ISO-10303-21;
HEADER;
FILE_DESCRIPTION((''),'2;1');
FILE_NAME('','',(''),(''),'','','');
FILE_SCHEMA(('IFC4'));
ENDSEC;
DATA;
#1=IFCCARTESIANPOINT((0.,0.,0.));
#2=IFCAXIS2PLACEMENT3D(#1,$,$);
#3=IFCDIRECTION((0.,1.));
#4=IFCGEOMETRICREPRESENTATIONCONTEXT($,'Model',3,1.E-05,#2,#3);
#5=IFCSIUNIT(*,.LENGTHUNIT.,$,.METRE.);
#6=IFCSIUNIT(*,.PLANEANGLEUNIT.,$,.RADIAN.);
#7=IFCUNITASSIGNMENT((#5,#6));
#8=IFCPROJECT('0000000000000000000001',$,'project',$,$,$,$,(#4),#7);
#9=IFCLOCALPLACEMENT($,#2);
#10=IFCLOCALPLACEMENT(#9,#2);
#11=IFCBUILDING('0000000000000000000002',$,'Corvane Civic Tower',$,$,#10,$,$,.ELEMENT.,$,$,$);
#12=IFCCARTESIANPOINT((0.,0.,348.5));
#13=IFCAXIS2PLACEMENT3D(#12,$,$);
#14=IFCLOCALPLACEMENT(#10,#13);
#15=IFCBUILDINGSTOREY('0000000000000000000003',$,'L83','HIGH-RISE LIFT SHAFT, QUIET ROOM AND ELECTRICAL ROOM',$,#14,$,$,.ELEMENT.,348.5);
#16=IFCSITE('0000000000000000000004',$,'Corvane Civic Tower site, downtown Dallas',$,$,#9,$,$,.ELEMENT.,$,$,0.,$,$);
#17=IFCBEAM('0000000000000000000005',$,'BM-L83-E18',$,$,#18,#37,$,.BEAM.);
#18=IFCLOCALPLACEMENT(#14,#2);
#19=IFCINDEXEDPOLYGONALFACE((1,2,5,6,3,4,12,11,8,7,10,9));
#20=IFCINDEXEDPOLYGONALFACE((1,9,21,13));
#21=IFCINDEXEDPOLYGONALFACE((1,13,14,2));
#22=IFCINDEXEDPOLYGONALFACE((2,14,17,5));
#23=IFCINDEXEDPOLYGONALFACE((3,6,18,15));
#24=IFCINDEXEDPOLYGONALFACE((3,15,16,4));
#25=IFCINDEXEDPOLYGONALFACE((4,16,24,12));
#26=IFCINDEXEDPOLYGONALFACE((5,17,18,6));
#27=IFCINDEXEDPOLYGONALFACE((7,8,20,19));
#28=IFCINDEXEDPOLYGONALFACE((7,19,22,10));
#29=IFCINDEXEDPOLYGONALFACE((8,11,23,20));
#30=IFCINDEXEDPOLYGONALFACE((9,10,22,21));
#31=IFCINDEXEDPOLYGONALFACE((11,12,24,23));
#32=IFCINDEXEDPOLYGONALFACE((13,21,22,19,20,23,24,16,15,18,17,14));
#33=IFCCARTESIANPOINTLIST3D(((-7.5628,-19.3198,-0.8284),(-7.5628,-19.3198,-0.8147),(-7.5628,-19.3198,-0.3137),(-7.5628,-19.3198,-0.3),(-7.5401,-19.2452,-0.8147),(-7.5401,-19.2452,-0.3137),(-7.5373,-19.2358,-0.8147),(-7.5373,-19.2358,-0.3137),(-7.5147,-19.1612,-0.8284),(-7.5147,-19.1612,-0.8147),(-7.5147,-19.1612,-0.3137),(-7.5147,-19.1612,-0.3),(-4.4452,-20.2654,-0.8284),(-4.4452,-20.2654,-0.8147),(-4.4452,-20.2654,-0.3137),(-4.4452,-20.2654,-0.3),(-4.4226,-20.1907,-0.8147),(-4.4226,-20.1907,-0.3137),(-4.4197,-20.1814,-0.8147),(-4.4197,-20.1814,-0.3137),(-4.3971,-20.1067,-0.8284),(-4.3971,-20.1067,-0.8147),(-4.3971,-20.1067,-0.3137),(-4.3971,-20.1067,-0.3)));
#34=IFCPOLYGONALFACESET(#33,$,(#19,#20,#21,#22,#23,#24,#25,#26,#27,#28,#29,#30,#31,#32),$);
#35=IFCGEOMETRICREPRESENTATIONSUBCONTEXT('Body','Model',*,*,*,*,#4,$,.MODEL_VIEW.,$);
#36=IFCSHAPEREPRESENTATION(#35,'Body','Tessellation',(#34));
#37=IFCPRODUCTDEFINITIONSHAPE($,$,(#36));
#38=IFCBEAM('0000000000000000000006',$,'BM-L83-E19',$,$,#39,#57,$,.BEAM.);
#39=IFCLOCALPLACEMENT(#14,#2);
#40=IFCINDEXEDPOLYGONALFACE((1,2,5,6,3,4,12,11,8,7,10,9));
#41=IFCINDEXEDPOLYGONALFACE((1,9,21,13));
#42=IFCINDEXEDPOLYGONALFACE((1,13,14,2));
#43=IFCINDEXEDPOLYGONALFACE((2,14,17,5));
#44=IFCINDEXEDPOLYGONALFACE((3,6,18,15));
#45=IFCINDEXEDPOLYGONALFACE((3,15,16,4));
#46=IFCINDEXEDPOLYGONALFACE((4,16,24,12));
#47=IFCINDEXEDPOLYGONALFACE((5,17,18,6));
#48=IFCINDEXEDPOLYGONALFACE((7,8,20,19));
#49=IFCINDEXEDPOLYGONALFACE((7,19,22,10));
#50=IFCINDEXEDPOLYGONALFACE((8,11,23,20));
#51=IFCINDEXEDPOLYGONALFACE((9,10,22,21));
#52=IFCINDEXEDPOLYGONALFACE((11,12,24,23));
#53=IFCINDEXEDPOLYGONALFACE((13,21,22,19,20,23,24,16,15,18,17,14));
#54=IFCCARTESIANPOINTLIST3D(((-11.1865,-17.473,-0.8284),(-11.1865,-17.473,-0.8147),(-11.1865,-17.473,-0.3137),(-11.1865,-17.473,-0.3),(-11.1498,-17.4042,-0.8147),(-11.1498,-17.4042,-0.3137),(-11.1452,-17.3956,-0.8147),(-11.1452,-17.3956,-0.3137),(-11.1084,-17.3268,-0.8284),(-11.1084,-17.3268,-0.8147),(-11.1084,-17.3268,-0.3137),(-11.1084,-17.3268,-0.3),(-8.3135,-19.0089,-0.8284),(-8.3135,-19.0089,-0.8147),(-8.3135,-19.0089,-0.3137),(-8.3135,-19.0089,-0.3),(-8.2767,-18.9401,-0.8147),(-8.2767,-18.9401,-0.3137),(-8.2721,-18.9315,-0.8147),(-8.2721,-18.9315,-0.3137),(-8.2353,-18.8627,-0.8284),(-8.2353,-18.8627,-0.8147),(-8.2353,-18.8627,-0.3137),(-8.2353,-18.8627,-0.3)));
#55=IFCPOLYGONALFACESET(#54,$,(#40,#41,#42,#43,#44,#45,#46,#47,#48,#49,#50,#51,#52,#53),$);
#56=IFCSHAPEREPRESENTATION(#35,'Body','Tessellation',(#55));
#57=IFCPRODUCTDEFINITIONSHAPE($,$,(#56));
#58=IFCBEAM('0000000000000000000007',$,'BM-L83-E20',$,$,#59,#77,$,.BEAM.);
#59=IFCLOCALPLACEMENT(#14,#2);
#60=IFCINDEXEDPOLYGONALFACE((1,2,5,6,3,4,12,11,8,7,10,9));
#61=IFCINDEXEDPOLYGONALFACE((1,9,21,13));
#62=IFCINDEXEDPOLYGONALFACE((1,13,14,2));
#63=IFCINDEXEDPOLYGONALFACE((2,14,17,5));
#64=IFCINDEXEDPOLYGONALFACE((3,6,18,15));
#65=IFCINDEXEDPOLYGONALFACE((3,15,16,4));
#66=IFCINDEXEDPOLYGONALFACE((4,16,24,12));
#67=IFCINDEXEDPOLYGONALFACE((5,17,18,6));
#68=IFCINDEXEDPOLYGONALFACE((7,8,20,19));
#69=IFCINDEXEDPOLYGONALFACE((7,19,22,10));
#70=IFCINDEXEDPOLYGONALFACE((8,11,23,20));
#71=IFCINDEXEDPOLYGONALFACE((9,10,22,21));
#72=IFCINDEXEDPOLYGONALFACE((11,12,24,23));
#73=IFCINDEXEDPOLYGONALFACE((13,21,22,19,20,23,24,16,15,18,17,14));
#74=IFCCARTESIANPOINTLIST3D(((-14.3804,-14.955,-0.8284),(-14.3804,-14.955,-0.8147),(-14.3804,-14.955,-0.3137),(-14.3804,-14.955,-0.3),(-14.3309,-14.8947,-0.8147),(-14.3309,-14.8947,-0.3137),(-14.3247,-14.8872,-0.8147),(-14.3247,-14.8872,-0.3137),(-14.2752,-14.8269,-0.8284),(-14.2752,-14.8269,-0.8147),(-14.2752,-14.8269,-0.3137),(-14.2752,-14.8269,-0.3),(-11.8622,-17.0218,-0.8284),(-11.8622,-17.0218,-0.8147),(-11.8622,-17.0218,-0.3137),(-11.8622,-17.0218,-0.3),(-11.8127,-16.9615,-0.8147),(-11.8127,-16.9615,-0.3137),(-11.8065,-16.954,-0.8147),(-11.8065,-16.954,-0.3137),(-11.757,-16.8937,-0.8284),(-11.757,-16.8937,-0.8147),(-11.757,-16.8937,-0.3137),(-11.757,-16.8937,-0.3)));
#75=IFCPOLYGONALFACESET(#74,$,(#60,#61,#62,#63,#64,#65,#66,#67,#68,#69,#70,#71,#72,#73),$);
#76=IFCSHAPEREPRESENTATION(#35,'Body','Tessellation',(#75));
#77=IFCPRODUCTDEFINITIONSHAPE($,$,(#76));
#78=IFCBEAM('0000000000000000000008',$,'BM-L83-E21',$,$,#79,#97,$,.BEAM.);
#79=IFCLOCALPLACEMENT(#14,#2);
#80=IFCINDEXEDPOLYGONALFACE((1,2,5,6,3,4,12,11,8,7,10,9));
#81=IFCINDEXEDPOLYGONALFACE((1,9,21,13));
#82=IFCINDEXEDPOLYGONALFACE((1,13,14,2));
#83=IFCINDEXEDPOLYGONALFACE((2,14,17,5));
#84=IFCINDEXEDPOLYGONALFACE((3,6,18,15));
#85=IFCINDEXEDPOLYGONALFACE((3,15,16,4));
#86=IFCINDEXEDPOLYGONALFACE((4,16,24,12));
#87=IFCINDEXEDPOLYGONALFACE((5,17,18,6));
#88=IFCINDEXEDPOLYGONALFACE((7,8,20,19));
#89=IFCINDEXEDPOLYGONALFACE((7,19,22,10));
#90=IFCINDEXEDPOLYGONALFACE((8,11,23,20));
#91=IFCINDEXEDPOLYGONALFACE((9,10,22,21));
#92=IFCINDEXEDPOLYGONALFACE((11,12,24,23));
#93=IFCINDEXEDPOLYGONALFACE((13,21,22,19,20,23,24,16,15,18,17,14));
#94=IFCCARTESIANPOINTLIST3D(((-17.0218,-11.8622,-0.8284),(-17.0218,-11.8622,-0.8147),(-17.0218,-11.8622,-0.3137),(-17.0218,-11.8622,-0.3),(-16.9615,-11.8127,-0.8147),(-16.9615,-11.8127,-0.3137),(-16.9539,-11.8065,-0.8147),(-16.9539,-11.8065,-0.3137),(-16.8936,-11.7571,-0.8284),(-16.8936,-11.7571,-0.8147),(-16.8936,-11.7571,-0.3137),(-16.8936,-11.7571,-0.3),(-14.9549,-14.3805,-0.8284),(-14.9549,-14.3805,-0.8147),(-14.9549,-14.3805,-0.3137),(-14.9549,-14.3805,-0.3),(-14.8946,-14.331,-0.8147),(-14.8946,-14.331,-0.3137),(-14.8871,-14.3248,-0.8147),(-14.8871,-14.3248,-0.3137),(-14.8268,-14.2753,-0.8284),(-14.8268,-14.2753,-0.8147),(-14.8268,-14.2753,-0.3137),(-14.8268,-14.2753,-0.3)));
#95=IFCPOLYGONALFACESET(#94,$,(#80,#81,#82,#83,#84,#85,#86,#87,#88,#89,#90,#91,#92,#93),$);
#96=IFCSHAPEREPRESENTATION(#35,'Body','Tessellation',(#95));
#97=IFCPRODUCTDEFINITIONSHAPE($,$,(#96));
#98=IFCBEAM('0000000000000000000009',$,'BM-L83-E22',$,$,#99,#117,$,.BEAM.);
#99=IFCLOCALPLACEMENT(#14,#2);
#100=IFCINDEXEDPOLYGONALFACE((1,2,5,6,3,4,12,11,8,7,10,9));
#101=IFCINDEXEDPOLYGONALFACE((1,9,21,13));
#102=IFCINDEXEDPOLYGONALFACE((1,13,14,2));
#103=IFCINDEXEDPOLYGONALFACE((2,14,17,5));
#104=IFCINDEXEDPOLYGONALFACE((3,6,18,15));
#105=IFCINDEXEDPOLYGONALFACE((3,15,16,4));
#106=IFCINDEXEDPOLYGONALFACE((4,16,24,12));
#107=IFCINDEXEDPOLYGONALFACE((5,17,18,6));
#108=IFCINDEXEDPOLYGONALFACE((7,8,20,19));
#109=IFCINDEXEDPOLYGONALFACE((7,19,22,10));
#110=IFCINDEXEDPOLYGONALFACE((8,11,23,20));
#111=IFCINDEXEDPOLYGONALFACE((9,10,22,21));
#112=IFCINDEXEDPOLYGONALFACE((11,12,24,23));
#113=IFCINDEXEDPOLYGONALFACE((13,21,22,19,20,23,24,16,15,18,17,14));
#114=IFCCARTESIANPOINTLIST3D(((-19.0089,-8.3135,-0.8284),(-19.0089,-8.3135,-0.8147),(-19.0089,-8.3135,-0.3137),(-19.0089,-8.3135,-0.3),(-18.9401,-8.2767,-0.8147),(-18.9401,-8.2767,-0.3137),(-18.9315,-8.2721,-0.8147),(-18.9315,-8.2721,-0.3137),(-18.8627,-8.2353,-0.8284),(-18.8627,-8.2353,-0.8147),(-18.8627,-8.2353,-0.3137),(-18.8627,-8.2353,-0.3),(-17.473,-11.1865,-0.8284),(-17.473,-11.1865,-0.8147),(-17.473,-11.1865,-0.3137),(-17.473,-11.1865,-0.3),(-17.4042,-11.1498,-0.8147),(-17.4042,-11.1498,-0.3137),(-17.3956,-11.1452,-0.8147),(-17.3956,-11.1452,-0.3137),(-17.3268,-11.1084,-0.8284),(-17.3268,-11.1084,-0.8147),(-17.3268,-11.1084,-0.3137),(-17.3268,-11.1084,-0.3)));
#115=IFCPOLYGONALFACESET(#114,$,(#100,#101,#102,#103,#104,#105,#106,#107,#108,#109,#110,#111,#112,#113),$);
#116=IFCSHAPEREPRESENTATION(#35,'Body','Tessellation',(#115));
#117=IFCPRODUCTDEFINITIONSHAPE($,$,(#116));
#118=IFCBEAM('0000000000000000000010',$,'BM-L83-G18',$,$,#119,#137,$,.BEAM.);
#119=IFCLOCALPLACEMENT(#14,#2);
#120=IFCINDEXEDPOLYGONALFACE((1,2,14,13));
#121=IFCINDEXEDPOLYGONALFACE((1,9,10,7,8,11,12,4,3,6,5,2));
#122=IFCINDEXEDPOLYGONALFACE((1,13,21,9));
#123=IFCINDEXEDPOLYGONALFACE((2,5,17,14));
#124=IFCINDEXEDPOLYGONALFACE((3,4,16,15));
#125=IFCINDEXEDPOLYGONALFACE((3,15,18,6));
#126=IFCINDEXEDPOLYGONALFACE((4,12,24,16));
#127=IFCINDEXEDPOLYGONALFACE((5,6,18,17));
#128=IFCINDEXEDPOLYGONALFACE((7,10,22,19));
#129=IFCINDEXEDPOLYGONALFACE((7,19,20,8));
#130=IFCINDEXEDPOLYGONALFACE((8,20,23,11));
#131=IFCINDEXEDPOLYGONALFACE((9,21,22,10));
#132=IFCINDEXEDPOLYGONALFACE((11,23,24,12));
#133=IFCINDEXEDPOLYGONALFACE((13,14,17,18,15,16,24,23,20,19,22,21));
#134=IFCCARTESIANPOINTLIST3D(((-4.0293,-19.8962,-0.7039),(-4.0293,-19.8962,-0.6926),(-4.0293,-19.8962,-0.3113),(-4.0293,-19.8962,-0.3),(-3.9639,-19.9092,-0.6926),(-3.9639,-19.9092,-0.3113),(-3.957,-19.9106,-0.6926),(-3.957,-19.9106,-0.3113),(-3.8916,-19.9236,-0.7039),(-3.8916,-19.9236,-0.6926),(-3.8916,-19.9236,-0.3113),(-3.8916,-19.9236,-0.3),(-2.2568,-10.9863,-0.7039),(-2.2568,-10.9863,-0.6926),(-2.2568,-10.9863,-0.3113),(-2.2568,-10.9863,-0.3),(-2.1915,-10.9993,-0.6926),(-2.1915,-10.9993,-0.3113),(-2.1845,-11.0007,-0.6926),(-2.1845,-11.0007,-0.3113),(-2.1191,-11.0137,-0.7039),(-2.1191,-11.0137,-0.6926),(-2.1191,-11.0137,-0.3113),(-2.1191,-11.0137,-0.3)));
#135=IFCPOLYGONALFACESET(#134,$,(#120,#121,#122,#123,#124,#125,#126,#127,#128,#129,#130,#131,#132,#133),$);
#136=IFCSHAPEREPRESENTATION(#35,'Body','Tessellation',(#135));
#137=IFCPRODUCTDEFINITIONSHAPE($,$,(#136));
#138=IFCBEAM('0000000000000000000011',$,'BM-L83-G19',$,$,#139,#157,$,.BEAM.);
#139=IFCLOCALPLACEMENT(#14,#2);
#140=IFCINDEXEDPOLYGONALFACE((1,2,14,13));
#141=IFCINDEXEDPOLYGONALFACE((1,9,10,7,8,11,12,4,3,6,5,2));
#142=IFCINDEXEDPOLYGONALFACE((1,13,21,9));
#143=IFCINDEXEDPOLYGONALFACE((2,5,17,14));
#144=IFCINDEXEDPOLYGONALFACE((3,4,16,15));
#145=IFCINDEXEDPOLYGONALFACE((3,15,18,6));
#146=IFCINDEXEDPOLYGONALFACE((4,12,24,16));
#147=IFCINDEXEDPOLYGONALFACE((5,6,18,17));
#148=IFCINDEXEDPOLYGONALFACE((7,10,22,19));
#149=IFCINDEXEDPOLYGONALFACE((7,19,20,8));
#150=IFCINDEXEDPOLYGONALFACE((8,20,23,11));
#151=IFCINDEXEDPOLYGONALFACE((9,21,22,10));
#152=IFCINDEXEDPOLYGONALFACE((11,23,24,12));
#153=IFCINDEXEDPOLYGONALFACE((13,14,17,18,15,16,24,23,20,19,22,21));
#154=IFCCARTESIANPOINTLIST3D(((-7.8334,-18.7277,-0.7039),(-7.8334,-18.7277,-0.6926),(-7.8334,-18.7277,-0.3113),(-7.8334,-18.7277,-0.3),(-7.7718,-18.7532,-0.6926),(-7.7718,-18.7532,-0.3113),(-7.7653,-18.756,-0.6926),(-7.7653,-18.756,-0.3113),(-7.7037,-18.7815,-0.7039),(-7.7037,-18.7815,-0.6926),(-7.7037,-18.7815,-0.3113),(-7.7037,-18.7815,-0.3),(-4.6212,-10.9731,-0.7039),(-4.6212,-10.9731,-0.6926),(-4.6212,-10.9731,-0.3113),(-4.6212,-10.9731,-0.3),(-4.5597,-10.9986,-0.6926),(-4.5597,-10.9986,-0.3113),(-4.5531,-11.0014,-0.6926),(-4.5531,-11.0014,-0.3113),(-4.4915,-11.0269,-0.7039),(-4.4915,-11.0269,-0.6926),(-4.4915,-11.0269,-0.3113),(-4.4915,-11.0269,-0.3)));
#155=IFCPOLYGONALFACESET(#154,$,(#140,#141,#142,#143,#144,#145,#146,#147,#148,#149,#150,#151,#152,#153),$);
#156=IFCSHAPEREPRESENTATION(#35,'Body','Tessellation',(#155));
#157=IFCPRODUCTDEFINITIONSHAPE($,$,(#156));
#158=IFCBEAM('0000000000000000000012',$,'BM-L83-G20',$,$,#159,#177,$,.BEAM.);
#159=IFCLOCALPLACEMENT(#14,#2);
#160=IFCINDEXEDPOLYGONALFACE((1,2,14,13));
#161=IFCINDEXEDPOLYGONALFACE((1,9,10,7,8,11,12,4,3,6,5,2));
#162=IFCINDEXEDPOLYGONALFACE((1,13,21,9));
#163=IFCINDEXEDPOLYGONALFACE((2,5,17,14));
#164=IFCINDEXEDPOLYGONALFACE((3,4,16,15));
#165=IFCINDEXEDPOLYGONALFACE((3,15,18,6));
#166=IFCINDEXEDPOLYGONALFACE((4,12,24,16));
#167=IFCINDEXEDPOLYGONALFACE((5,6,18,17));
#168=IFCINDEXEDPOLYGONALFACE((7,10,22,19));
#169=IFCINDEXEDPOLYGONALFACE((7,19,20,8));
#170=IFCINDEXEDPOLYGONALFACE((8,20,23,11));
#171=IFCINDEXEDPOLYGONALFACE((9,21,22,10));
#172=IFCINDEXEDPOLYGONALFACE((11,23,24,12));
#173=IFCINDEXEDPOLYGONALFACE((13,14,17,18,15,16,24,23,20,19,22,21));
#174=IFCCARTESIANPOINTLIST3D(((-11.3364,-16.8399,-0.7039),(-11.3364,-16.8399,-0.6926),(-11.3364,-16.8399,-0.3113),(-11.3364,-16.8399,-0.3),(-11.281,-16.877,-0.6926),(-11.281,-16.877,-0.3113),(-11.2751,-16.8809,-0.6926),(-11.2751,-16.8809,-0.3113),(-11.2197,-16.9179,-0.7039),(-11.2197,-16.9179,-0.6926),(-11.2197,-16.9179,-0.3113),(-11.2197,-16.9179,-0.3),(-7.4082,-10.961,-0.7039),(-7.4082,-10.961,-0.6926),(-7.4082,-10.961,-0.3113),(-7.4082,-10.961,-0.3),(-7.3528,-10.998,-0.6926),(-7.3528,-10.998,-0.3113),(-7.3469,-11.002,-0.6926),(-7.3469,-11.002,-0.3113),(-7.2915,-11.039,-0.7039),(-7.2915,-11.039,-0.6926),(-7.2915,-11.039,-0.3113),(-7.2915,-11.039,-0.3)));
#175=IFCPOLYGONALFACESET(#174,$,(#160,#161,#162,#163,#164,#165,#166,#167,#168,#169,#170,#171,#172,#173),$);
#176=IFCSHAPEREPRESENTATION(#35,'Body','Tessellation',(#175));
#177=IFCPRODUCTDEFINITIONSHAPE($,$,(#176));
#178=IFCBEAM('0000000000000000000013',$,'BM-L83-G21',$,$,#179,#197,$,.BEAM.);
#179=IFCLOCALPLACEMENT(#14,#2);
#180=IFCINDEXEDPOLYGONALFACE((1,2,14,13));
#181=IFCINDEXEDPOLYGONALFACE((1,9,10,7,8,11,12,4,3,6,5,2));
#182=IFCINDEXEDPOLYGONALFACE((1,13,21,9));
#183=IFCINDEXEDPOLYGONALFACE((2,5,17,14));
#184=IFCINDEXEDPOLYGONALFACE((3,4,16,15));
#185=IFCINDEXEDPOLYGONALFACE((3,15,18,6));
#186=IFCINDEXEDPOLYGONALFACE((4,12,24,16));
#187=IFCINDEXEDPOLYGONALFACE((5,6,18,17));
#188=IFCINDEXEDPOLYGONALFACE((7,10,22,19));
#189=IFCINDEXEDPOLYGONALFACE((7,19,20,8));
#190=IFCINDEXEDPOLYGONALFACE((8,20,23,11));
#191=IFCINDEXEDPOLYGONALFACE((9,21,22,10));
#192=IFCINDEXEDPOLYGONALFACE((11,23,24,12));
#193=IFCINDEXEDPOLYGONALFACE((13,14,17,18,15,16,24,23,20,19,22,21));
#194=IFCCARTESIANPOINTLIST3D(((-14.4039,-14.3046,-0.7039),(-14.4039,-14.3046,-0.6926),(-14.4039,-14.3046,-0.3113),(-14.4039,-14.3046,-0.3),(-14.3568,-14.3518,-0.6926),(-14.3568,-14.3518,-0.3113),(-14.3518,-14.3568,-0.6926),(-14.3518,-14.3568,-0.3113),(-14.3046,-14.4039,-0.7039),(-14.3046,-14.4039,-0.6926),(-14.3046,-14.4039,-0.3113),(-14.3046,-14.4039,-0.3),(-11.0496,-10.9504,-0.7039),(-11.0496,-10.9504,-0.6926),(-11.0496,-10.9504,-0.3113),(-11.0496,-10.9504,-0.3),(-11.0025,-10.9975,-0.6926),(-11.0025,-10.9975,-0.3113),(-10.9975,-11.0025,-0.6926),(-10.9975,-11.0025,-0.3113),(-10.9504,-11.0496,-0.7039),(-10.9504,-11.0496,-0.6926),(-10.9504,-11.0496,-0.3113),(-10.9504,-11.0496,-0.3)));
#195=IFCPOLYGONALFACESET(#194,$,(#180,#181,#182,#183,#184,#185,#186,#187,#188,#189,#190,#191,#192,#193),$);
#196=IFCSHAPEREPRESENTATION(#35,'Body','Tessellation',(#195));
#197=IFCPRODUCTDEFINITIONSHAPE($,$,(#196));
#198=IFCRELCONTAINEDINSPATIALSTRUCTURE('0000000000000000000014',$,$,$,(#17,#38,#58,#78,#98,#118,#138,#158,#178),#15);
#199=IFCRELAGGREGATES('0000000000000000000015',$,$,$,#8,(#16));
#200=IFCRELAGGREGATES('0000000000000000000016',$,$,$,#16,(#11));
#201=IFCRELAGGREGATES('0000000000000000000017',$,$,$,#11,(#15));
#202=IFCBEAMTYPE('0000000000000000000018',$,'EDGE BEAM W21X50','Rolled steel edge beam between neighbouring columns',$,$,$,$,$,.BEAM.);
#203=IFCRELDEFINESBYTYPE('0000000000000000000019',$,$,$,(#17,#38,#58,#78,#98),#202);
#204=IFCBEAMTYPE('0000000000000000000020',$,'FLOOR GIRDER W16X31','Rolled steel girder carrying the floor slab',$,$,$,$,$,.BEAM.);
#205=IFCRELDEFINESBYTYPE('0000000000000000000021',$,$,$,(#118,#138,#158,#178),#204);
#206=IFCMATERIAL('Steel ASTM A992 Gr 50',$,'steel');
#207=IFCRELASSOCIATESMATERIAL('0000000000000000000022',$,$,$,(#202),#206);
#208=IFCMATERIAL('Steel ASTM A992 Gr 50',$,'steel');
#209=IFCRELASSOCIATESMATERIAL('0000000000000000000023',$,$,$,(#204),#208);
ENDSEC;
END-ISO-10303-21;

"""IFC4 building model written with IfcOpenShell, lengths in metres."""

from ifc_helpers import new_model, si_unit, direction, frame, origin, origin_2d, place, context, subcontext, project, spatial, i_section, extrude, material, material_profile, profile_set, type_object, element, save


model = new_model("IFC4")

# Units and contexts
model_context = context("Model", 3, precision=1e-05, world=origin(), true_north=direction((0.0, 1.0)))
body_context = subcontext(model_context, "Body", "Model", "MODEL_VIEW")
ifc_project = project(units=[si_unit("LENGTHUNIT", "METRE"), si_unit("PLANEANGLEUNIT", "RADIAN")], contexts=[model_context])

# Site, building, storey
site_placement = place(None, origin())
site = spatial("IfcSite", under=ifc_project, at=site_placement, Name="Corvane Civic Tower site, downtown Dallas", CompositionType="ELEMENT", RefElevation=0.0)
building_placement = place(site_placement, origin())
building = spatial("IfcBuilding", under=site, at=building_placement, Name="Corvane Civic Tower", CompositionType="ELEMENT")
storey_placement = place(building_placement, frame((0.0, 0.0, 348.5)))
storey = spatial("IfcBuildingStorey", under=building, at=storey_placement, Name="L83", Description="HIGH-RISE LIFT SHAFT, QUIET ROOM AND ELECTRICAL ROOM", CompositionType="ELEMENT", Elevation=348.5)

# Beams
ifc_material_1 = material(Name="Steel ASTM A992 Gr 50", Category="steel")
ifc_material_profile_1 = material_profile(ifc_material_1, i_section(OverallWidth=0.1658, OverallDepth=0.5283, WebThickness=0.0098, FlangeThickness=0.0137, at=origin_2d()), Name="W21X50")
ifc_profile_set_1 = profile_set([ifc_material_profile_1], Name="Steel ASTM A992 Gr 50")
beam_type_1 = type_object("IfcBeamType", Name="EDGE BEAM W21X50", Description="Rolled steel edge beam between neighbouring columns", PredefinedType="BEAM", material=ifc_profile_set_1)
for number, where, z_axis, x_axis, name in (
    (1, (-4.4211, -20.186, -0.5642), (-0.956956, 0.290234, 0.0), (-0.290234, -0.956956, 0.0), "BM-L83-E18"),
    (2, (-8.2744, -18.9358, -0.5642), (-0.881894, 0.471448, 0.0), (-0.471448, -0.881894, 0.0), "BM-L83-E19"),
    (3, (-11.8096, -16.9578, -0.5642), (-0.772985, 0.634425, 0.0), (-0.634425, -0.772985, 0.0), "BM-L83-E20"),
    (4, (-14.8909, -14.3279, -0.5642), (-0.634425, 0.772985, 0.0), (-0.772985, -0.634425, 0.0), "BM-L83-E21"),
    (5, (-17.3999, -11.1475, -0.5642), (-0.471448, 0.881894, 0.0), (-0.881894, -0.471448, 0.0), "BM-L83-E22"),
):
    element("IfcBeam", number, at=place(storey_placement, frame(where, z_axis=z_axis, x_axis=x_axis)), inside=storey, type_object=beam_type_1, Name=name, PredefinedType="BEAM", context=body_context, shape_type="SweptSolid", body=[
        extrude(i_section(OverallWidth=0.1658, OverallDepth=0.5283, WebThickness=0.0098, FlangeThickness=0.0137, at=origin_2d()), origin(), (0.0, 0.0, 1.0), 3.2578),
    ])
ifc_material_2 = material(Name="Steel ASTM A992 Gr 50", Category="steel")
ifc_material_profile_2 = material_profile(ifc_material_2, i_section(OverallWidth=0.1404, OverallDepth=0.4038, WebThickness=0.0071, FlangeThickness=0.0112, at=origin_2d()), Name="W16X31")
ifc_profile_set_2 = profile_set([ifc_material_profile_2], Name="Steel ASTM A992 Gr 50")
beam_type_2 = type_object("IfcBeamType", Name="FLOOR GIRDER W16X31", Description="Rolled steel girder carrying the floor slab", PredefinedType="BEAM", material=ifc_profile_set_2)
beam_1_placement = place(storey_placement, frame((-2.188, -11.0, -0.502), z_axis=(-0.195108, -0.980782, 0.0), x_axis=(0.980782, -0.195108, 0.0)))
element("IfcBeam", 6, at=beam_1_placement, inside=storey, type_object=beam_type_2, Name="BM-L83-G18", PredefinedType="BEAM", context=body_context, shape_type="SweptSolid", body=[
    extrude(i_section(OverallWidth=0.1404, OverallDepth=0.4038, WebThickness=0.0071, FlangeThickness=0.0112, at=origin_2d()), origin(), (0.0, 0.0, 1.0), 9.0845),
])
beam_2_placement = place(storey_placement, frame((-4.5564, -11.0, -0.502), z_axis=(-0.382692, -0.923876, 0.0), x_axis=(0.923876, -0.382692, 0.0)))
element("IfcBeam", 7, at=beam_2_placement, inside=storey, type_object=beam_type_2, Name="BM-L83-G19", PredefinedType="BEAM", context=body_context, shape_type="SweptSolid", body=[
    extrude(i_section(OverallWidth=0.1404, OverallDepth=0.4038, WebThickness=0.0071, FlangeThickness=0.0112, at=origin_2d()), origin(), (0.0, 0.0, 1.0), 8.3936),
])
beam_3_placement = place(storey_placement, frame((-7.3499, -11.0, -0.502), z_axis=(-0.555576, -0.831465, 0.0), x_axis=(0.831465, -0.555576, 0.0)))
element("IfcBeam", 8, at=beam_3_placement, inside=storey, type_object=beam_type_2, Name="BM-L83-G20", PredefinedType="BEAM", context=body_context, shape_type="SweptSolid", body=[
    extrude(i_section(OverallWidth=0.1404, OverallDepth=0.4038, WebThickness=0.0071, FlangeThickness=0.0112, at=origin_2d()), origin(), (0.0, 0.0, 1.0), 7.0706),
])
beam_4_placement = place(storey_placement, frame((-11.0, -11.0, -0.502), z_axis=(-0.707107, -0.707107, 0.0), x_axis=(0.707107, -0.707107, 0.0)))
element("IfcBeam", 9, at=beam_4_placement, inside=storey, type_object=beam_type_2, Name="BM-L83-G21", PredefinedType="BEAM", context=body_context, shape_type="SweptSolid", body=[
    extrude(i_section(OverallWidth=0.1404, OverallDepth=0.4038, WebThickness=0.0071, FlangeThickness=0.0112, at=origin_2d()), origin(), (0.0, 0.0, 1.0), 4.7437),
])

save(model, "model.ifc")
